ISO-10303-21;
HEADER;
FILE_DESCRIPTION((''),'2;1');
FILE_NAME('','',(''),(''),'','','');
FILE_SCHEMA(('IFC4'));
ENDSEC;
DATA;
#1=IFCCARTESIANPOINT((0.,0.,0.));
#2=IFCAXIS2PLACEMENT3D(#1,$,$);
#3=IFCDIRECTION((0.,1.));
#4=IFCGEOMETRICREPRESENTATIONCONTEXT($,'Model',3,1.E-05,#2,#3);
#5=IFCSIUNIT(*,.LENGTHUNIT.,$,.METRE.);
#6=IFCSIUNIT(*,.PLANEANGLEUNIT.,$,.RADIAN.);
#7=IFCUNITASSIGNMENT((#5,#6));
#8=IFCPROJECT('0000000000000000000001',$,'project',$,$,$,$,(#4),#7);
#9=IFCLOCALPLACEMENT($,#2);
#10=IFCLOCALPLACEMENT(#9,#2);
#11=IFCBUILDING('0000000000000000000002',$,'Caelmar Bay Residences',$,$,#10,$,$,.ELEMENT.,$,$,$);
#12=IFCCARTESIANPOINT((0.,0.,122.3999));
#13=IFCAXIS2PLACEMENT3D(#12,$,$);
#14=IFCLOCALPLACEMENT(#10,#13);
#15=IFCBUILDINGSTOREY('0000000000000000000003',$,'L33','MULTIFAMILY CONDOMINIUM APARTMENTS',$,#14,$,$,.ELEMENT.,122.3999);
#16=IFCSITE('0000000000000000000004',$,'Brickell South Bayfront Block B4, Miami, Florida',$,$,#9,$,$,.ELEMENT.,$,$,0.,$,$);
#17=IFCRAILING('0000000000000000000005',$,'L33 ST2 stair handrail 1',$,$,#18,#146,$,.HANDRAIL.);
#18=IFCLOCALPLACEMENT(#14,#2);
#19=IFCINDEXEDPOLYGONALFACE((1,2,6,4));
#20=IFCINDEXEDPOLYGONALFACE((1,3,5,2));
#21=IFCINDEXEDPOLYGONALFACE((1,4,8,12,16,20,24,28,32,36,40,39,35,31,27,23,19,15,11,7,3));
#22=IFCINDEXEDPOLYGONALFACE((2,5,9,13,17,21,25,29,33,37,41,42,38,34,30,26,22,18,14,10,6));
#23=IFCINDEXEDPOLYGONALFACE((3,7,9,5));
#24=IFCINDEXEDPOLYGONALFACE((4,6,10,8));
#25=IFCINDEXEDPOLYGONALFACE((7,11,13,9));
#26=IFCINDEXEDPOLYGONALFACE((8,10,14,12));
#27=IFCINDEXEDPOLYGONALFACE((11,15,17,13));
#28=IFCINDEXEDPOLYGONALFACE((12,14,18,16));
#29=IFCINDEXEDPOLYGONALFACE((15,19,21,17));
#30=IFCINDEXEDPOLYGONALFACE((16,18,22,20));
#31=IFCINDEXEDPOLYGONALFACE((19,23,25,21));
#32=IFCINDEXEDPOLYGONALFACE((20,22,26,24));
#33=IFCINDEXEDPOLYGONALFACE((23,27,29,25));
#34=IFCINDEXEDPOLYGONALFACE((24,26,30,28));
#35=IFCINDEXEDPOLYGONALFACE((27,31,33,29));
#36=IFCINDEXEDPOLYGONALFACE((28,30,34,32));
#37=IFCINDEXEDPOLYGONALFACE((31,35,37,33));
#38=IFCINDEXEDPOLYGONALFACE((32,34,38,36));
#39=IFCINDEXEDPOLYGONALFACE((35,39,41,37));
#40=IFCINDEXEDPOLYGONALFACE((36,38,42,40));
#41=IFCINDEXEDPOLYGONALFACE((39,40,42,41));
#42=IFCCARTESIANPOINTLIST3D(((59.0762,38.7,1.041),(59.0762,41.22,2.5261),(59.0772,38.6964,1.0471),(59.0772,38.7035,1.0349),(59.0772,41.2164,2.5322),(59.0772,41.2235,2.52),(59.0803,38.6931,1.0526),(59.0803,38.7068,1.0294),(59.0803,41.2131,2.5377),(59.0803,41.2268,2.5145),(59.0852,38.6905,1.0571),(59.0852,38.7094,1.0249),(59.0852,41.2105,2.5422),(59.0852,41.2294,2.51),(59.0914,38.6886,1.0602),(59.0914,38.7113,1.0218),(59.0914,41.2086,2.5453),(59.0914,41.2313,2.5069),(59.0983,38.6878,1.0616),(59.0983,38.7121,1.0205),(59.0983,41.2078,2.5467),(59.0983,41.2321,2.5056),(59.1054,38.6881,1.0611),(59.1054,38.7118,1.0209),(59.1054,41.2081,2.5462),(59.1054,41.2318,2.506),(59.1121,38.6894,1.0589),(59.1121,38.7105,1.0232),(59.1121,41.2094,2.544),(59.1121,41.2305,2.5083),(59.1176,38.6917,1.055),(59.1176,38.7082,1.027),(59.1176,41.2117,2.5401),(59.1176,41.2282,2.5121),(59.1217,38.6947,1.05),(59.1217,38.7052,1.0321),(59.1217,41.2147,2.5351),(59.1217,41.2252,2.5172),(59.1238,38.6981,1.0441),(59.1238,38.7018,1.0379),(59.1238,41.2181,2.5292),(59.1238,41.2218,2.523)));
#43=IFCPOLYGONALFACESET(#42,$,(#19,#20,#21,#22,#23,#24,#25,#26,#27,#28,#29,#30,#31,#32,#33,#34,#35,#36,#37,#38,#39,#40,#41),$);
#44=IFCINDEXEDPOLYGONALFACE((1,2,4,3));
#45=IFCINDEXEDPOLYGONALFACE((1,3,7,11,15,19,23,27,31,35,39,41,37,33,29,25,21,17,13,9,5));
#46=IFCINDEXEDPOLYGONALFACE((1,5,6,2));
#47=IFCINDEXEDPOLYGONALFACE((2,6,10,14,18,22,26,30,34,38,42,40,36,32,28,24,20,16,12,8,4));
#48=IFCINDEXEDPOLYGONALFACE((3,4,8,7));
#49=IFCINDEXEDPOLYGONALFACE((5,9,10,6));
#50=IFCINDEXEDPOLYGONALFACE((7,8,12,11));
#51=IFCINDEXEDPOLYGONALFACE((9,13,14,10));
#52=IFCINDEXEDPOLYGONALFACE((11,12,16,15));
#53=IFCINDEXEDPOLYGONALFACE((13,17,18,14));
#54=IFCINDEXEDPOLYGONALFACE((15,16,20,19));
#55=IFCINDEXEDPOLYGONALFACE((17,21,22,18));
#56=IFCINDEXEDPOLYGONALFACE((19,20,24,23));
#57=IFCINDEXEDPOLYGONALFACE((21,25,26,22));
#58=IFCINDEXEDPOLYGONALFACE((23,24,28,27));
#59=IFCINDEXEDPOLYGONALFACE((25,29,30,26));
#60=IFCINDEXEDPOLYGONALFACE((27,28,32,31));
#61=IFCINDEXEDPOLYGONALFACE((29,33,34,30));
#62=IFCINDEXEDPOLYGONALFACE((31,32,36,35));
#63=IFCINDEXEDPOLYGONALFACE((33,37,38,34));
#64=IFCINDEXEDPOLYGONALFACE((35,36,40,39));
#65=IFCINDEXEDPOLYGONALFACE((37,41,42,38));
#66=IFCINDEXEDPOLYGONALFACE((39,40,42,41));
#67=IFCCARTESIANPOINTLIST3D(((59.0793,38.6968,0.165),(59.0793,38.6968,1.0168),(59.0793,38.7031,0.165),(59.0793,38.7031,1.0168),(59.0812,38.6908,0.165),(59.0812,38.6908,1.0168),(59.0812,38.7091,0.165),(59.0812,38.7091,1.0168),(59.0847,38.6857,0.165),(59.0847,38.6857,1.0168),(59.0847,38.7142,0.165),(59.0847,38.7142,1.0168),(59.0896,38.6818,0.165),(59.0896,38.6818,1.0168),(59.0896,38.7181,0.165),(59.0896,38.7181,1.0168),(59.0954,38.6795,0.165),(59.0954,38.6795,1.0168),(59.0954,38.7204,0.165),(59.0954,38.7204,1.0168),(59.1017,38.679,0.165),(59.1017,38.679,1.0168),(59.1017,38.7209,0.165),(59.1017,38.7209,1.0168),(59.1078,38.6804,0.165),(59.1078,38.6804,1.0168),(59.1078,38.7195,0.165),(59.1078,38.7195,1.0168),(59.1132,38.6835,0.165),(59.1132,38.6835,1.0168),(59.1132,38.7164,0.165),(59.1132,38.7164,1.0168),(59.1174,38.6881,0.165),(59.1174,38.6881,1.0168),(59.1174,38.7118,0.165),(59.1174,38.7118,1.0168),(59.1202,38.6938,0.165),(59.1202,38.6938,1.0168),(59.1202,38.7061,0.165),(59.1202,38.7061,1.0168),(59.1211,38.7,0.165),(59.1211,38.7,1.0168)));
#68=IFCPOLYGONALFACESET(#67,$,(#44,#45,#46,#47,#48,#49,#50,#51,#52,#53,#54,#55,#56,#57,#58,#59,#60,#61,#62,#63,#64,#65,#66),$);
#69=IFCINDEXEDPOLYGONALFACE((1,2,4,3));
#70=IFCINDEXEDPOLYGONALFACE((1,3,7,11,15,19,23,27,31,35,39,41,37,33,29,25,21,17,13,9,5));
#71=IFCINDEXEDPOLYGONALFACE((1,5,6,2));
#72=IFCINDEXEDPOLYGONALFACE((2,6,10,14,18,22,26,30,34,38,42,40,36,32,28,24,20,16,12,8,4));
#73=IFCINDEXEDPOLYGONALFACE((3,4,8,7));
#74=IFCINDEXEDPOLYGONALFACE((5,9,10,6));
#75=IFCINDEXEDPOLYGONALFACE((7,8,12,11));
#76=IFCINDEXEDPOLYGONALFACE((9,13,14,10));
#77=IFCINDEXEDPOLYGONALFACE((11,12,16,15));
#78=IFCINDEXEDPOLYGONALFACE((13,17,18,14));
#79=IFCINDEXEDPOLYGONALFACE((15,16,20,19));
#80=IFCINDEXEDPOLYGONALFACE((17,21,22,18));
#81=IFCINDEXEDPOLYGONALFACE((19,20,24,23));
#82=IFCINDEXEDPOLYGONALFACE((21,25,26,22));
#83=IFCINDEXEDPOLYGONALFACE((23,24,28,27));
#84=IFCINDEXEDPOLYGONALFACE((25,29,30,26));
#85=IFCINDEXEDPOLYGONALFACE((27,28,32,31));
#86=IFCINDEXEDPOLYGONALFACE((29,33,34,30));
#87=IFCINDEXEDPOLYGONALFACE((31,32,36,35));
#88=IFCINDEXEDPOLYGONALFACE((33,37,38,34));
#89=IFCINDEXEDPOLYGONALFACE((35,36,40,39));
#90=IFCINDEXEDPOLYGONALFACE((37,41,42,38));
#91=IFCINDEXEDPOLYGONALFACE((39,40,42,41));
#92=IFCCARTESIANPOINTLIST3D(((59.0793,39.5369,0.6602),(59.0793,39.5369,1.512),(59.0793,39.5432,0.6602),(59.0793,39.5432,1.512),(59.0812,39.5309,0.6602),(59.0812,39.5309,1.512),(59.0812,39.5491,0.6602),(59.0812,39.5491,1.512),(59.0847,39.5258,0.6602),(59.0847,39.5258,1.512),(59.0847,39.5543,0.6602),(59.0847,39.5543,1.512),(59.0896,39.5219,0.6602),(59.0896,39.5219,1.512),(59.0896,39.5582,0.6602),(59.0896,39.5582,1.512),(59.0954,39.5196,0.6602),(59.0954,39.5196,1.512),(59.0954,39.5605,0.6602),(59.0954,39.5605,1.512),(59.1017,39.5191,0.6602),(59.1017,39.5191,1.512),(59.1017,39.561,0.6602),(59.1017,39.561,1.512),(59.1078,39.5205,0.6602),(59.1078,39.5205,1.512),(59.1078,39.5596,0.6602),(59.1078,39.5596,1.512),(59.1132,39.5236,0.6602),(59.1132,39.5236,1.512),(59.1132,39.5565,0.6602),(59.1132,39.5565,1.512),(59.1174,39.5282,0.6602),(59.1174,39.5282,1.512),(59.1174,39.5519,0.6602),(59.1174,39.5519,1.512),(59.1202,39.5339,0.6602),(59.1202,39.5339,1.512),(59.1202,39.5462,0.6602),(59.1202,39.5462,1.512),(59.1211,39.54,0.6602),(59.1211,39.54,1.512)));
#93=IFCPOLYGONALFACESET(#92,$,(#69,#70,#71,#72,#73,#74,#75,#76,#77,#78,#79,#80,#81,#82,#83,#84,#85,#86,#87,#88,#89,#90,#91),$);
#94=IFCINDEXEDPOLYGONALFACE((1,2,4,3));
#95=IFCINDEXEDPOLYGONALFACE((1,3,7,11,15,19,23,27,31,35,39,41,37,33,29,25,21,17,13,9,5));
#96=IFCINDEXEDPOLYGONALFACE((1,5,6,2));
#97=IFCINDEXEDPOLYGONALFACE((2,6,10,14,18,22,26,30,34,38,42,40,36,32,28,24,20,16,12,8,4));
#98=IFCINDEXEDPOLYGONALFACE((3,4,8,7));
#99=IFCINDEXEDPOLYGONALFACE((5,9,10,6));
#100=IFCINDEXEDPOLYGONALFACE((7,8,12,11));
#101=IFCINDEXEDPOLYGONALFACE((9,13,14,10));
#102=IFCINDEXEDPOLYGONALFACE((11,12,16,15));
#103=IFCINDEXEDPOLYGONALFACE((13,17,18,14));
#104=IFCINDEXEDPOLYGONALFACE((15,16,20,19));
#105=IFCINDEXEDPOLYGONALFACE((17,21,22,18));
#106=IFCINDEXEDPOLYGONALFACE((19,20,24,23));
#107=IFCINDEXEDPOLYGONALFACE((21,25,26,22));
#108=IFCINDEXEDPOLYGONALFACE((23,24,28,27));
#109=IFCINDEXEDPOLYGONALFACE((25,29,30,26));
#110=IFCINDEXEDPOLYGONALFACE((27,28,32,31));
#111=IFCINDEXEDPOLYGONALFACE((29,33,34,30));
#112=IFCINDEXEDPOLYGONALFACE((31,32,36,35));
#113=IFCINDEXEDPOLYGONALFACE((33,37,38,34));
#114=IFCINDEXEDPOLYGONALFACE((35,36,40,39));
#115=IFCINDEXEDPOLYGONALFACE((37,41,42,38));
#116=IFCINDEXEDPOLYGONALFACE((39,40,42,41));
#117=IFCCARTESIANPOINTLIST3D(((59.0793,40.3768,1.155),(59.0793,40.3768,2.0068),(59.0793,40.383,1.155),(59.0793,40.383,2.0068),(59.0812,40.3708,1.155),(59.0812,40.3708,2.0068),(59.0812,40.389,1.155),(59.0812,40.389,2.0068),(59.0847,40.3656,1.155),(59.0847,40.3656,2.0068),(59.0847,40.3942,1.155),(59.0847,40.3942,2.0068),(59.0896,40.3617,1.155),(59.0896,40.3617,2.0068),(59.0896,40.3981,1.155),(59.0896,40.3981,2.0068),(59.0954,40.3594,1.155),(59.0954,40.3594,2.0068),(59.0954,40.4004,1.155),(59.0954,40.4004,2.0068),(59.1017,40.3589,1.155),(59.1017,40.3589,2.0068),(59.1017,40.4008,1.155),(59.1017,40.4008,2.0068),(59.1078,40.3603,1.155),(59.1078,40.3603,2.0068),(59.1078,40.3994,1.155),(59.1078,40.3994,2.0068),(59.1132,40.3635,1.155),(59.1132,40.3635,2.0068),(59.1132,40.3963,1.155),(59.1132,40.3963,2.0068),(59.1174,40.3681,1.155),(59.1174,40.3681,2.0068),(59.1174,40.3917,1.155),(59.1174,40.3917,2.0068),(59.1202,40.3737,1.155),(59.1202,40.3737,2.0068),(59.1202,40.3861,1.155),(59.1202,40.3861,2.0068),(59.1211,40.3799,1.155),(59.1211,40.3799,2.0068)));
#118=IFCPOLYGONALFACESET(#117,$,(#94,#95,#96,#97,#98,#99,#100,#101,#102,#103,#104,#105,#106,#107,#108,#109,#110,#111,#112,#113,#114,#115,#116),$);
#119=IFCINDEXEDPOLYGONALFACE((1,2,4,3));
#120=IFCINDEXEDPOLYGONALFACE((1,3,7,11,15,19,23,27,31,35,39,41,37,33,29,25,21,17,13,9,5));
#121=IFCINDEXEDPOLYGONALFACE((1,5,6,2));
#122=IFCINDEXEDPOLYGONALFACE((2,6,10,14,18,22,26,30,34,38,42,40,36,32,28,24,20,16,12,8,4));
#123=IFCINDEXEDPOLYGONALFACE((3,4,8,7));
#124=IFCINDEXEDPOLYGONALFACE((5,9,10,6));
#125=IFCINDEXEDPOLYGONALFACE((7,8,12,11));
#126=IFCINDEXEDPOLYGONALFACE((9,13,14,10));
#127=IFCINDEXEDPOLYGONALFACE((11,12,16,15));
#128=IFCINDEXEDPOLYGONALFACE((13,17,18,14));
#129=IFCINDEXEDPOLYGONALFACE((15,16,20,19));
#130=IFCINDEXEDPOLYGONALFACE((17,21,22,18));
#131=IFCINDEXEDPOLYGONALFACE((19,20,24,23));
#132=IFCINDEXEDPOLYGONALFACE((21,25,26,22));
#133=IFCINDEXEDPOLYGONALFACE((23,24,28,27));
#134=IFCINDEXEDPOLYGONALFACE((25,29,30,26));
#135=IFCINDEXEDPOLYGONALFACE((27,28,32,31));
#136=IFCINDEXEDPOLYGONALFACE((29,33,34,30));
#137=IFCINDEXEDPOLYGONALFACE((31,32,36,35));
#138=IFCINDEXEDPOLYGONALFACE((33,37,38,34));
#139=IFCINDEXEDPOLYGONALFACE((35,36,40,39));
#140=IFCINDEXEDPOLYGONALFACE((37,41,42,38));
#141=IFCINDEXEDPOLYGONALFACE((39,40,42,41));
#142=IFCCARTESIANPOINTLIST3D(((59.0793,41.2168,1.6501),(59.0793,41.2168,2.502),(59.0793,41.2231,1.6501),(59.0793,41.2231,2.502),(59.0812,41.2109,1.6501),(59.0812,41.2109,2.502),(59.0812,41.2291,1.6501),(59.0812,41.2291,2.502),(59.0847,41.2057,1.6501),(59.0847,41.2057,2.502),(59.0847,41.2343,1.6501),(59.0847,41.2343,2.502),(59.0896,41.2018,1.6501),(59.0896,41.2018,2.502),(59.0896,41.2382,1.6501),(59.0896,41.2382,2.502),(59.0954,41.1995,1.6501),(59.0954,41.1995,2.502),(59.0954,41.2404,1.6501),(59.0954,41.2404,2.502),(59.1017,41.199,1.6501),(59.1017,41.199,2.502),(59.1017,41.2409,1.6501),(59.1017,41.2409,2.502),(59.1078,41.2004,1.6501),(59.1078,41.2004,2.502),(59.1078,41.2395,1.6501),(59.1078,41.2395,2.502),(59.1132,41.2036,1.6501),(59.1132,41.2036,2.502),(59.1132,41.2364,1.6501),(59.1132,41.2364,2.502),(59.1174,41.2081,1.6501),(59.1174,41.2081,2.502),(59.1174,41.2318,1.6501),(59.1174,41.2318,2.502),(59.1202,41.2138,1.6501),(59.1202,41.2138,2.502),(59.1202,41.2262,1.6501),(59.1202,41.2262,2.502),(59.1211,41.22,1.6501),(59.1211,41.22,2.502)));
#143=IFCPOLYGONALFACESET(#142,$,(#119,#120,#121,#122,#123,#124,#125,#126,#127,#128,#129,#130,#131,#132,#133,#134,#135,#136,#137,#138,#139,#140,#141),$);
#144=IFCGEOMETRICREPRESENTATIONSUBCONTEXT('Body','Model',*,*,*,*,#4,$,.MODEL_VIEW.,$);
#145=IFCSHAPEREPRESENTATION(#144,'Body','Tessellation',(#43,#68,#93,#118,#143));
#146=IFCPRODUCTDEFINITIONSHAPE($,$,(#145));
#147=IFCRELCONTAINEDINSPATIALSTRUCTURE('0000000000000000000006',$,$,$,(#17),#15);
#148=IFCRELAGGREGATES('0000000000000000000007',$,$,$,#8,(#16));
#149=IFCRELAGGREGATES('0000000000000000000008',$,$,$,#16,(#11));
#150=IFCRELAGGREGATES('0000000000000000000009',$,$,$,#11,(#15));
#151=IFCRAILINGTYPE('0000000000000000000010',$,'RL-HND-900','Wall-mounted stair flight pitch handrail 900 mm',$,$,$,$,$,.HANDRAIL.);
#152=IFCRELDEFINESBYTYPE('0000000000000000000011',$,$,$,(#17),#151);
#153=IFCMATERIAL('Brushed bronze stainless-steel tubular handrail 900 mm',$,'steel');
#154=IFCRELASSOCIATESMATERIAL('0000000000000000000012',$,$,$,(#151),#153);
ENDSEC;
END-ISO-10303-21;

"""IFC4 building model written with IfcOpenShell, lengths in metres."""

from ifc_helpers import new_model, si_unit, direction, frame, origin, origin_2d, place, context, subcontext, project, spatial, circle, extrude, material, type_object, element, save


model = new_model("IFC4")

# Units and contexts
model_context = context("Model", 3, precision=1e-05, world=origin(), true_north=direction((0.0, 1.0)))
body_context = subcontext(model_context, "Body", "Model", "MODEL_VIEW")
ifc_project = project(units=[si_unit("LENGTHUNIT", "METRE"), si_unit("PLANEANGLEUNIT", "RADIAN")], contexts=[model_context])

# Site, building, storey
site_placement = place(None, origin())
site = spatial("IfcSite", under=ifc_project, at=site_placement, Name="Brickell South Bayfront Block B4, Miami, Florida", CompositionType="ELEMENT", RefElevation=0.0)
building_placement = place(site_placement, origin())
building = spatial("IfcBuilding", under=site, at=building_placement, Name="Caelmar Bay Residences", CompositionType="ELEMENT")
storey_placement = place(building_placement, frame((0.0, 0.0, 122.3999)))
storey = spatial("IfcBuildingStorey", under=building, at=storey_placement, Name="L33", Description="MULTIFAMILY CONDOMINIUM APARTMENTS", CompositionType="ELEMENT", Elevation=122.3999)

# Railing
ifc_material_1 = material(Name="Brushed bronze stainless-steel tubular handrail 900 mm", Category="steel")
railing_type_1 = type_object("IfcRailingType", Name="RL-HND-900", Description="Wall-mounted stair flight pitch handrail 900 mm", PredefinedType="HANDRAIL", material=ifc_material_1)
railing_1_placement = place(storey_placement, frame((59.1001, 38.7, 0.165)))
element("IfcRailing", 1, at=railing_1_placement, inside=storey, type_object=railing_type_1, Name="L33 ST2 stair handrail 1", PredefinedType="HANDRAIL", context=body_context, shape_type="SweptSolid", body=[
    extrude(circle(Radius=0.0239, at=origin_2d()), frame((0.0, 0.0, 0.876), z_axis=(0.0, 0.861524, 0.507717), x_axis=(-1.0, 0.0, 0.0)), (0.0, 0.0, 1.0), 2.925),
    extrude(circle(Radius=0.021, at=origin_2d()), origin(), (0.0, 0.0, 1.0), 0.8518),
    extrude(circle(Radius=0.021, at=origin_2d()), frame((0.0, 0.8401, 0.4951)), (0.0, 0.0, 1.0), 0.8518),
    extrude(circle(Radius=0.021, at=origin_2d()), frame((0.0, 1.6799, 0.99)), (0.0, 0.0, 1.0), 0.8518),
    extrude(circle(Radius=0.021, at=origin_2d()), frame((0.0, 2.52, 1.4851)), (0.0, 0.0, 1.0), 0.8518),
])

save(model, "model.ifc")
